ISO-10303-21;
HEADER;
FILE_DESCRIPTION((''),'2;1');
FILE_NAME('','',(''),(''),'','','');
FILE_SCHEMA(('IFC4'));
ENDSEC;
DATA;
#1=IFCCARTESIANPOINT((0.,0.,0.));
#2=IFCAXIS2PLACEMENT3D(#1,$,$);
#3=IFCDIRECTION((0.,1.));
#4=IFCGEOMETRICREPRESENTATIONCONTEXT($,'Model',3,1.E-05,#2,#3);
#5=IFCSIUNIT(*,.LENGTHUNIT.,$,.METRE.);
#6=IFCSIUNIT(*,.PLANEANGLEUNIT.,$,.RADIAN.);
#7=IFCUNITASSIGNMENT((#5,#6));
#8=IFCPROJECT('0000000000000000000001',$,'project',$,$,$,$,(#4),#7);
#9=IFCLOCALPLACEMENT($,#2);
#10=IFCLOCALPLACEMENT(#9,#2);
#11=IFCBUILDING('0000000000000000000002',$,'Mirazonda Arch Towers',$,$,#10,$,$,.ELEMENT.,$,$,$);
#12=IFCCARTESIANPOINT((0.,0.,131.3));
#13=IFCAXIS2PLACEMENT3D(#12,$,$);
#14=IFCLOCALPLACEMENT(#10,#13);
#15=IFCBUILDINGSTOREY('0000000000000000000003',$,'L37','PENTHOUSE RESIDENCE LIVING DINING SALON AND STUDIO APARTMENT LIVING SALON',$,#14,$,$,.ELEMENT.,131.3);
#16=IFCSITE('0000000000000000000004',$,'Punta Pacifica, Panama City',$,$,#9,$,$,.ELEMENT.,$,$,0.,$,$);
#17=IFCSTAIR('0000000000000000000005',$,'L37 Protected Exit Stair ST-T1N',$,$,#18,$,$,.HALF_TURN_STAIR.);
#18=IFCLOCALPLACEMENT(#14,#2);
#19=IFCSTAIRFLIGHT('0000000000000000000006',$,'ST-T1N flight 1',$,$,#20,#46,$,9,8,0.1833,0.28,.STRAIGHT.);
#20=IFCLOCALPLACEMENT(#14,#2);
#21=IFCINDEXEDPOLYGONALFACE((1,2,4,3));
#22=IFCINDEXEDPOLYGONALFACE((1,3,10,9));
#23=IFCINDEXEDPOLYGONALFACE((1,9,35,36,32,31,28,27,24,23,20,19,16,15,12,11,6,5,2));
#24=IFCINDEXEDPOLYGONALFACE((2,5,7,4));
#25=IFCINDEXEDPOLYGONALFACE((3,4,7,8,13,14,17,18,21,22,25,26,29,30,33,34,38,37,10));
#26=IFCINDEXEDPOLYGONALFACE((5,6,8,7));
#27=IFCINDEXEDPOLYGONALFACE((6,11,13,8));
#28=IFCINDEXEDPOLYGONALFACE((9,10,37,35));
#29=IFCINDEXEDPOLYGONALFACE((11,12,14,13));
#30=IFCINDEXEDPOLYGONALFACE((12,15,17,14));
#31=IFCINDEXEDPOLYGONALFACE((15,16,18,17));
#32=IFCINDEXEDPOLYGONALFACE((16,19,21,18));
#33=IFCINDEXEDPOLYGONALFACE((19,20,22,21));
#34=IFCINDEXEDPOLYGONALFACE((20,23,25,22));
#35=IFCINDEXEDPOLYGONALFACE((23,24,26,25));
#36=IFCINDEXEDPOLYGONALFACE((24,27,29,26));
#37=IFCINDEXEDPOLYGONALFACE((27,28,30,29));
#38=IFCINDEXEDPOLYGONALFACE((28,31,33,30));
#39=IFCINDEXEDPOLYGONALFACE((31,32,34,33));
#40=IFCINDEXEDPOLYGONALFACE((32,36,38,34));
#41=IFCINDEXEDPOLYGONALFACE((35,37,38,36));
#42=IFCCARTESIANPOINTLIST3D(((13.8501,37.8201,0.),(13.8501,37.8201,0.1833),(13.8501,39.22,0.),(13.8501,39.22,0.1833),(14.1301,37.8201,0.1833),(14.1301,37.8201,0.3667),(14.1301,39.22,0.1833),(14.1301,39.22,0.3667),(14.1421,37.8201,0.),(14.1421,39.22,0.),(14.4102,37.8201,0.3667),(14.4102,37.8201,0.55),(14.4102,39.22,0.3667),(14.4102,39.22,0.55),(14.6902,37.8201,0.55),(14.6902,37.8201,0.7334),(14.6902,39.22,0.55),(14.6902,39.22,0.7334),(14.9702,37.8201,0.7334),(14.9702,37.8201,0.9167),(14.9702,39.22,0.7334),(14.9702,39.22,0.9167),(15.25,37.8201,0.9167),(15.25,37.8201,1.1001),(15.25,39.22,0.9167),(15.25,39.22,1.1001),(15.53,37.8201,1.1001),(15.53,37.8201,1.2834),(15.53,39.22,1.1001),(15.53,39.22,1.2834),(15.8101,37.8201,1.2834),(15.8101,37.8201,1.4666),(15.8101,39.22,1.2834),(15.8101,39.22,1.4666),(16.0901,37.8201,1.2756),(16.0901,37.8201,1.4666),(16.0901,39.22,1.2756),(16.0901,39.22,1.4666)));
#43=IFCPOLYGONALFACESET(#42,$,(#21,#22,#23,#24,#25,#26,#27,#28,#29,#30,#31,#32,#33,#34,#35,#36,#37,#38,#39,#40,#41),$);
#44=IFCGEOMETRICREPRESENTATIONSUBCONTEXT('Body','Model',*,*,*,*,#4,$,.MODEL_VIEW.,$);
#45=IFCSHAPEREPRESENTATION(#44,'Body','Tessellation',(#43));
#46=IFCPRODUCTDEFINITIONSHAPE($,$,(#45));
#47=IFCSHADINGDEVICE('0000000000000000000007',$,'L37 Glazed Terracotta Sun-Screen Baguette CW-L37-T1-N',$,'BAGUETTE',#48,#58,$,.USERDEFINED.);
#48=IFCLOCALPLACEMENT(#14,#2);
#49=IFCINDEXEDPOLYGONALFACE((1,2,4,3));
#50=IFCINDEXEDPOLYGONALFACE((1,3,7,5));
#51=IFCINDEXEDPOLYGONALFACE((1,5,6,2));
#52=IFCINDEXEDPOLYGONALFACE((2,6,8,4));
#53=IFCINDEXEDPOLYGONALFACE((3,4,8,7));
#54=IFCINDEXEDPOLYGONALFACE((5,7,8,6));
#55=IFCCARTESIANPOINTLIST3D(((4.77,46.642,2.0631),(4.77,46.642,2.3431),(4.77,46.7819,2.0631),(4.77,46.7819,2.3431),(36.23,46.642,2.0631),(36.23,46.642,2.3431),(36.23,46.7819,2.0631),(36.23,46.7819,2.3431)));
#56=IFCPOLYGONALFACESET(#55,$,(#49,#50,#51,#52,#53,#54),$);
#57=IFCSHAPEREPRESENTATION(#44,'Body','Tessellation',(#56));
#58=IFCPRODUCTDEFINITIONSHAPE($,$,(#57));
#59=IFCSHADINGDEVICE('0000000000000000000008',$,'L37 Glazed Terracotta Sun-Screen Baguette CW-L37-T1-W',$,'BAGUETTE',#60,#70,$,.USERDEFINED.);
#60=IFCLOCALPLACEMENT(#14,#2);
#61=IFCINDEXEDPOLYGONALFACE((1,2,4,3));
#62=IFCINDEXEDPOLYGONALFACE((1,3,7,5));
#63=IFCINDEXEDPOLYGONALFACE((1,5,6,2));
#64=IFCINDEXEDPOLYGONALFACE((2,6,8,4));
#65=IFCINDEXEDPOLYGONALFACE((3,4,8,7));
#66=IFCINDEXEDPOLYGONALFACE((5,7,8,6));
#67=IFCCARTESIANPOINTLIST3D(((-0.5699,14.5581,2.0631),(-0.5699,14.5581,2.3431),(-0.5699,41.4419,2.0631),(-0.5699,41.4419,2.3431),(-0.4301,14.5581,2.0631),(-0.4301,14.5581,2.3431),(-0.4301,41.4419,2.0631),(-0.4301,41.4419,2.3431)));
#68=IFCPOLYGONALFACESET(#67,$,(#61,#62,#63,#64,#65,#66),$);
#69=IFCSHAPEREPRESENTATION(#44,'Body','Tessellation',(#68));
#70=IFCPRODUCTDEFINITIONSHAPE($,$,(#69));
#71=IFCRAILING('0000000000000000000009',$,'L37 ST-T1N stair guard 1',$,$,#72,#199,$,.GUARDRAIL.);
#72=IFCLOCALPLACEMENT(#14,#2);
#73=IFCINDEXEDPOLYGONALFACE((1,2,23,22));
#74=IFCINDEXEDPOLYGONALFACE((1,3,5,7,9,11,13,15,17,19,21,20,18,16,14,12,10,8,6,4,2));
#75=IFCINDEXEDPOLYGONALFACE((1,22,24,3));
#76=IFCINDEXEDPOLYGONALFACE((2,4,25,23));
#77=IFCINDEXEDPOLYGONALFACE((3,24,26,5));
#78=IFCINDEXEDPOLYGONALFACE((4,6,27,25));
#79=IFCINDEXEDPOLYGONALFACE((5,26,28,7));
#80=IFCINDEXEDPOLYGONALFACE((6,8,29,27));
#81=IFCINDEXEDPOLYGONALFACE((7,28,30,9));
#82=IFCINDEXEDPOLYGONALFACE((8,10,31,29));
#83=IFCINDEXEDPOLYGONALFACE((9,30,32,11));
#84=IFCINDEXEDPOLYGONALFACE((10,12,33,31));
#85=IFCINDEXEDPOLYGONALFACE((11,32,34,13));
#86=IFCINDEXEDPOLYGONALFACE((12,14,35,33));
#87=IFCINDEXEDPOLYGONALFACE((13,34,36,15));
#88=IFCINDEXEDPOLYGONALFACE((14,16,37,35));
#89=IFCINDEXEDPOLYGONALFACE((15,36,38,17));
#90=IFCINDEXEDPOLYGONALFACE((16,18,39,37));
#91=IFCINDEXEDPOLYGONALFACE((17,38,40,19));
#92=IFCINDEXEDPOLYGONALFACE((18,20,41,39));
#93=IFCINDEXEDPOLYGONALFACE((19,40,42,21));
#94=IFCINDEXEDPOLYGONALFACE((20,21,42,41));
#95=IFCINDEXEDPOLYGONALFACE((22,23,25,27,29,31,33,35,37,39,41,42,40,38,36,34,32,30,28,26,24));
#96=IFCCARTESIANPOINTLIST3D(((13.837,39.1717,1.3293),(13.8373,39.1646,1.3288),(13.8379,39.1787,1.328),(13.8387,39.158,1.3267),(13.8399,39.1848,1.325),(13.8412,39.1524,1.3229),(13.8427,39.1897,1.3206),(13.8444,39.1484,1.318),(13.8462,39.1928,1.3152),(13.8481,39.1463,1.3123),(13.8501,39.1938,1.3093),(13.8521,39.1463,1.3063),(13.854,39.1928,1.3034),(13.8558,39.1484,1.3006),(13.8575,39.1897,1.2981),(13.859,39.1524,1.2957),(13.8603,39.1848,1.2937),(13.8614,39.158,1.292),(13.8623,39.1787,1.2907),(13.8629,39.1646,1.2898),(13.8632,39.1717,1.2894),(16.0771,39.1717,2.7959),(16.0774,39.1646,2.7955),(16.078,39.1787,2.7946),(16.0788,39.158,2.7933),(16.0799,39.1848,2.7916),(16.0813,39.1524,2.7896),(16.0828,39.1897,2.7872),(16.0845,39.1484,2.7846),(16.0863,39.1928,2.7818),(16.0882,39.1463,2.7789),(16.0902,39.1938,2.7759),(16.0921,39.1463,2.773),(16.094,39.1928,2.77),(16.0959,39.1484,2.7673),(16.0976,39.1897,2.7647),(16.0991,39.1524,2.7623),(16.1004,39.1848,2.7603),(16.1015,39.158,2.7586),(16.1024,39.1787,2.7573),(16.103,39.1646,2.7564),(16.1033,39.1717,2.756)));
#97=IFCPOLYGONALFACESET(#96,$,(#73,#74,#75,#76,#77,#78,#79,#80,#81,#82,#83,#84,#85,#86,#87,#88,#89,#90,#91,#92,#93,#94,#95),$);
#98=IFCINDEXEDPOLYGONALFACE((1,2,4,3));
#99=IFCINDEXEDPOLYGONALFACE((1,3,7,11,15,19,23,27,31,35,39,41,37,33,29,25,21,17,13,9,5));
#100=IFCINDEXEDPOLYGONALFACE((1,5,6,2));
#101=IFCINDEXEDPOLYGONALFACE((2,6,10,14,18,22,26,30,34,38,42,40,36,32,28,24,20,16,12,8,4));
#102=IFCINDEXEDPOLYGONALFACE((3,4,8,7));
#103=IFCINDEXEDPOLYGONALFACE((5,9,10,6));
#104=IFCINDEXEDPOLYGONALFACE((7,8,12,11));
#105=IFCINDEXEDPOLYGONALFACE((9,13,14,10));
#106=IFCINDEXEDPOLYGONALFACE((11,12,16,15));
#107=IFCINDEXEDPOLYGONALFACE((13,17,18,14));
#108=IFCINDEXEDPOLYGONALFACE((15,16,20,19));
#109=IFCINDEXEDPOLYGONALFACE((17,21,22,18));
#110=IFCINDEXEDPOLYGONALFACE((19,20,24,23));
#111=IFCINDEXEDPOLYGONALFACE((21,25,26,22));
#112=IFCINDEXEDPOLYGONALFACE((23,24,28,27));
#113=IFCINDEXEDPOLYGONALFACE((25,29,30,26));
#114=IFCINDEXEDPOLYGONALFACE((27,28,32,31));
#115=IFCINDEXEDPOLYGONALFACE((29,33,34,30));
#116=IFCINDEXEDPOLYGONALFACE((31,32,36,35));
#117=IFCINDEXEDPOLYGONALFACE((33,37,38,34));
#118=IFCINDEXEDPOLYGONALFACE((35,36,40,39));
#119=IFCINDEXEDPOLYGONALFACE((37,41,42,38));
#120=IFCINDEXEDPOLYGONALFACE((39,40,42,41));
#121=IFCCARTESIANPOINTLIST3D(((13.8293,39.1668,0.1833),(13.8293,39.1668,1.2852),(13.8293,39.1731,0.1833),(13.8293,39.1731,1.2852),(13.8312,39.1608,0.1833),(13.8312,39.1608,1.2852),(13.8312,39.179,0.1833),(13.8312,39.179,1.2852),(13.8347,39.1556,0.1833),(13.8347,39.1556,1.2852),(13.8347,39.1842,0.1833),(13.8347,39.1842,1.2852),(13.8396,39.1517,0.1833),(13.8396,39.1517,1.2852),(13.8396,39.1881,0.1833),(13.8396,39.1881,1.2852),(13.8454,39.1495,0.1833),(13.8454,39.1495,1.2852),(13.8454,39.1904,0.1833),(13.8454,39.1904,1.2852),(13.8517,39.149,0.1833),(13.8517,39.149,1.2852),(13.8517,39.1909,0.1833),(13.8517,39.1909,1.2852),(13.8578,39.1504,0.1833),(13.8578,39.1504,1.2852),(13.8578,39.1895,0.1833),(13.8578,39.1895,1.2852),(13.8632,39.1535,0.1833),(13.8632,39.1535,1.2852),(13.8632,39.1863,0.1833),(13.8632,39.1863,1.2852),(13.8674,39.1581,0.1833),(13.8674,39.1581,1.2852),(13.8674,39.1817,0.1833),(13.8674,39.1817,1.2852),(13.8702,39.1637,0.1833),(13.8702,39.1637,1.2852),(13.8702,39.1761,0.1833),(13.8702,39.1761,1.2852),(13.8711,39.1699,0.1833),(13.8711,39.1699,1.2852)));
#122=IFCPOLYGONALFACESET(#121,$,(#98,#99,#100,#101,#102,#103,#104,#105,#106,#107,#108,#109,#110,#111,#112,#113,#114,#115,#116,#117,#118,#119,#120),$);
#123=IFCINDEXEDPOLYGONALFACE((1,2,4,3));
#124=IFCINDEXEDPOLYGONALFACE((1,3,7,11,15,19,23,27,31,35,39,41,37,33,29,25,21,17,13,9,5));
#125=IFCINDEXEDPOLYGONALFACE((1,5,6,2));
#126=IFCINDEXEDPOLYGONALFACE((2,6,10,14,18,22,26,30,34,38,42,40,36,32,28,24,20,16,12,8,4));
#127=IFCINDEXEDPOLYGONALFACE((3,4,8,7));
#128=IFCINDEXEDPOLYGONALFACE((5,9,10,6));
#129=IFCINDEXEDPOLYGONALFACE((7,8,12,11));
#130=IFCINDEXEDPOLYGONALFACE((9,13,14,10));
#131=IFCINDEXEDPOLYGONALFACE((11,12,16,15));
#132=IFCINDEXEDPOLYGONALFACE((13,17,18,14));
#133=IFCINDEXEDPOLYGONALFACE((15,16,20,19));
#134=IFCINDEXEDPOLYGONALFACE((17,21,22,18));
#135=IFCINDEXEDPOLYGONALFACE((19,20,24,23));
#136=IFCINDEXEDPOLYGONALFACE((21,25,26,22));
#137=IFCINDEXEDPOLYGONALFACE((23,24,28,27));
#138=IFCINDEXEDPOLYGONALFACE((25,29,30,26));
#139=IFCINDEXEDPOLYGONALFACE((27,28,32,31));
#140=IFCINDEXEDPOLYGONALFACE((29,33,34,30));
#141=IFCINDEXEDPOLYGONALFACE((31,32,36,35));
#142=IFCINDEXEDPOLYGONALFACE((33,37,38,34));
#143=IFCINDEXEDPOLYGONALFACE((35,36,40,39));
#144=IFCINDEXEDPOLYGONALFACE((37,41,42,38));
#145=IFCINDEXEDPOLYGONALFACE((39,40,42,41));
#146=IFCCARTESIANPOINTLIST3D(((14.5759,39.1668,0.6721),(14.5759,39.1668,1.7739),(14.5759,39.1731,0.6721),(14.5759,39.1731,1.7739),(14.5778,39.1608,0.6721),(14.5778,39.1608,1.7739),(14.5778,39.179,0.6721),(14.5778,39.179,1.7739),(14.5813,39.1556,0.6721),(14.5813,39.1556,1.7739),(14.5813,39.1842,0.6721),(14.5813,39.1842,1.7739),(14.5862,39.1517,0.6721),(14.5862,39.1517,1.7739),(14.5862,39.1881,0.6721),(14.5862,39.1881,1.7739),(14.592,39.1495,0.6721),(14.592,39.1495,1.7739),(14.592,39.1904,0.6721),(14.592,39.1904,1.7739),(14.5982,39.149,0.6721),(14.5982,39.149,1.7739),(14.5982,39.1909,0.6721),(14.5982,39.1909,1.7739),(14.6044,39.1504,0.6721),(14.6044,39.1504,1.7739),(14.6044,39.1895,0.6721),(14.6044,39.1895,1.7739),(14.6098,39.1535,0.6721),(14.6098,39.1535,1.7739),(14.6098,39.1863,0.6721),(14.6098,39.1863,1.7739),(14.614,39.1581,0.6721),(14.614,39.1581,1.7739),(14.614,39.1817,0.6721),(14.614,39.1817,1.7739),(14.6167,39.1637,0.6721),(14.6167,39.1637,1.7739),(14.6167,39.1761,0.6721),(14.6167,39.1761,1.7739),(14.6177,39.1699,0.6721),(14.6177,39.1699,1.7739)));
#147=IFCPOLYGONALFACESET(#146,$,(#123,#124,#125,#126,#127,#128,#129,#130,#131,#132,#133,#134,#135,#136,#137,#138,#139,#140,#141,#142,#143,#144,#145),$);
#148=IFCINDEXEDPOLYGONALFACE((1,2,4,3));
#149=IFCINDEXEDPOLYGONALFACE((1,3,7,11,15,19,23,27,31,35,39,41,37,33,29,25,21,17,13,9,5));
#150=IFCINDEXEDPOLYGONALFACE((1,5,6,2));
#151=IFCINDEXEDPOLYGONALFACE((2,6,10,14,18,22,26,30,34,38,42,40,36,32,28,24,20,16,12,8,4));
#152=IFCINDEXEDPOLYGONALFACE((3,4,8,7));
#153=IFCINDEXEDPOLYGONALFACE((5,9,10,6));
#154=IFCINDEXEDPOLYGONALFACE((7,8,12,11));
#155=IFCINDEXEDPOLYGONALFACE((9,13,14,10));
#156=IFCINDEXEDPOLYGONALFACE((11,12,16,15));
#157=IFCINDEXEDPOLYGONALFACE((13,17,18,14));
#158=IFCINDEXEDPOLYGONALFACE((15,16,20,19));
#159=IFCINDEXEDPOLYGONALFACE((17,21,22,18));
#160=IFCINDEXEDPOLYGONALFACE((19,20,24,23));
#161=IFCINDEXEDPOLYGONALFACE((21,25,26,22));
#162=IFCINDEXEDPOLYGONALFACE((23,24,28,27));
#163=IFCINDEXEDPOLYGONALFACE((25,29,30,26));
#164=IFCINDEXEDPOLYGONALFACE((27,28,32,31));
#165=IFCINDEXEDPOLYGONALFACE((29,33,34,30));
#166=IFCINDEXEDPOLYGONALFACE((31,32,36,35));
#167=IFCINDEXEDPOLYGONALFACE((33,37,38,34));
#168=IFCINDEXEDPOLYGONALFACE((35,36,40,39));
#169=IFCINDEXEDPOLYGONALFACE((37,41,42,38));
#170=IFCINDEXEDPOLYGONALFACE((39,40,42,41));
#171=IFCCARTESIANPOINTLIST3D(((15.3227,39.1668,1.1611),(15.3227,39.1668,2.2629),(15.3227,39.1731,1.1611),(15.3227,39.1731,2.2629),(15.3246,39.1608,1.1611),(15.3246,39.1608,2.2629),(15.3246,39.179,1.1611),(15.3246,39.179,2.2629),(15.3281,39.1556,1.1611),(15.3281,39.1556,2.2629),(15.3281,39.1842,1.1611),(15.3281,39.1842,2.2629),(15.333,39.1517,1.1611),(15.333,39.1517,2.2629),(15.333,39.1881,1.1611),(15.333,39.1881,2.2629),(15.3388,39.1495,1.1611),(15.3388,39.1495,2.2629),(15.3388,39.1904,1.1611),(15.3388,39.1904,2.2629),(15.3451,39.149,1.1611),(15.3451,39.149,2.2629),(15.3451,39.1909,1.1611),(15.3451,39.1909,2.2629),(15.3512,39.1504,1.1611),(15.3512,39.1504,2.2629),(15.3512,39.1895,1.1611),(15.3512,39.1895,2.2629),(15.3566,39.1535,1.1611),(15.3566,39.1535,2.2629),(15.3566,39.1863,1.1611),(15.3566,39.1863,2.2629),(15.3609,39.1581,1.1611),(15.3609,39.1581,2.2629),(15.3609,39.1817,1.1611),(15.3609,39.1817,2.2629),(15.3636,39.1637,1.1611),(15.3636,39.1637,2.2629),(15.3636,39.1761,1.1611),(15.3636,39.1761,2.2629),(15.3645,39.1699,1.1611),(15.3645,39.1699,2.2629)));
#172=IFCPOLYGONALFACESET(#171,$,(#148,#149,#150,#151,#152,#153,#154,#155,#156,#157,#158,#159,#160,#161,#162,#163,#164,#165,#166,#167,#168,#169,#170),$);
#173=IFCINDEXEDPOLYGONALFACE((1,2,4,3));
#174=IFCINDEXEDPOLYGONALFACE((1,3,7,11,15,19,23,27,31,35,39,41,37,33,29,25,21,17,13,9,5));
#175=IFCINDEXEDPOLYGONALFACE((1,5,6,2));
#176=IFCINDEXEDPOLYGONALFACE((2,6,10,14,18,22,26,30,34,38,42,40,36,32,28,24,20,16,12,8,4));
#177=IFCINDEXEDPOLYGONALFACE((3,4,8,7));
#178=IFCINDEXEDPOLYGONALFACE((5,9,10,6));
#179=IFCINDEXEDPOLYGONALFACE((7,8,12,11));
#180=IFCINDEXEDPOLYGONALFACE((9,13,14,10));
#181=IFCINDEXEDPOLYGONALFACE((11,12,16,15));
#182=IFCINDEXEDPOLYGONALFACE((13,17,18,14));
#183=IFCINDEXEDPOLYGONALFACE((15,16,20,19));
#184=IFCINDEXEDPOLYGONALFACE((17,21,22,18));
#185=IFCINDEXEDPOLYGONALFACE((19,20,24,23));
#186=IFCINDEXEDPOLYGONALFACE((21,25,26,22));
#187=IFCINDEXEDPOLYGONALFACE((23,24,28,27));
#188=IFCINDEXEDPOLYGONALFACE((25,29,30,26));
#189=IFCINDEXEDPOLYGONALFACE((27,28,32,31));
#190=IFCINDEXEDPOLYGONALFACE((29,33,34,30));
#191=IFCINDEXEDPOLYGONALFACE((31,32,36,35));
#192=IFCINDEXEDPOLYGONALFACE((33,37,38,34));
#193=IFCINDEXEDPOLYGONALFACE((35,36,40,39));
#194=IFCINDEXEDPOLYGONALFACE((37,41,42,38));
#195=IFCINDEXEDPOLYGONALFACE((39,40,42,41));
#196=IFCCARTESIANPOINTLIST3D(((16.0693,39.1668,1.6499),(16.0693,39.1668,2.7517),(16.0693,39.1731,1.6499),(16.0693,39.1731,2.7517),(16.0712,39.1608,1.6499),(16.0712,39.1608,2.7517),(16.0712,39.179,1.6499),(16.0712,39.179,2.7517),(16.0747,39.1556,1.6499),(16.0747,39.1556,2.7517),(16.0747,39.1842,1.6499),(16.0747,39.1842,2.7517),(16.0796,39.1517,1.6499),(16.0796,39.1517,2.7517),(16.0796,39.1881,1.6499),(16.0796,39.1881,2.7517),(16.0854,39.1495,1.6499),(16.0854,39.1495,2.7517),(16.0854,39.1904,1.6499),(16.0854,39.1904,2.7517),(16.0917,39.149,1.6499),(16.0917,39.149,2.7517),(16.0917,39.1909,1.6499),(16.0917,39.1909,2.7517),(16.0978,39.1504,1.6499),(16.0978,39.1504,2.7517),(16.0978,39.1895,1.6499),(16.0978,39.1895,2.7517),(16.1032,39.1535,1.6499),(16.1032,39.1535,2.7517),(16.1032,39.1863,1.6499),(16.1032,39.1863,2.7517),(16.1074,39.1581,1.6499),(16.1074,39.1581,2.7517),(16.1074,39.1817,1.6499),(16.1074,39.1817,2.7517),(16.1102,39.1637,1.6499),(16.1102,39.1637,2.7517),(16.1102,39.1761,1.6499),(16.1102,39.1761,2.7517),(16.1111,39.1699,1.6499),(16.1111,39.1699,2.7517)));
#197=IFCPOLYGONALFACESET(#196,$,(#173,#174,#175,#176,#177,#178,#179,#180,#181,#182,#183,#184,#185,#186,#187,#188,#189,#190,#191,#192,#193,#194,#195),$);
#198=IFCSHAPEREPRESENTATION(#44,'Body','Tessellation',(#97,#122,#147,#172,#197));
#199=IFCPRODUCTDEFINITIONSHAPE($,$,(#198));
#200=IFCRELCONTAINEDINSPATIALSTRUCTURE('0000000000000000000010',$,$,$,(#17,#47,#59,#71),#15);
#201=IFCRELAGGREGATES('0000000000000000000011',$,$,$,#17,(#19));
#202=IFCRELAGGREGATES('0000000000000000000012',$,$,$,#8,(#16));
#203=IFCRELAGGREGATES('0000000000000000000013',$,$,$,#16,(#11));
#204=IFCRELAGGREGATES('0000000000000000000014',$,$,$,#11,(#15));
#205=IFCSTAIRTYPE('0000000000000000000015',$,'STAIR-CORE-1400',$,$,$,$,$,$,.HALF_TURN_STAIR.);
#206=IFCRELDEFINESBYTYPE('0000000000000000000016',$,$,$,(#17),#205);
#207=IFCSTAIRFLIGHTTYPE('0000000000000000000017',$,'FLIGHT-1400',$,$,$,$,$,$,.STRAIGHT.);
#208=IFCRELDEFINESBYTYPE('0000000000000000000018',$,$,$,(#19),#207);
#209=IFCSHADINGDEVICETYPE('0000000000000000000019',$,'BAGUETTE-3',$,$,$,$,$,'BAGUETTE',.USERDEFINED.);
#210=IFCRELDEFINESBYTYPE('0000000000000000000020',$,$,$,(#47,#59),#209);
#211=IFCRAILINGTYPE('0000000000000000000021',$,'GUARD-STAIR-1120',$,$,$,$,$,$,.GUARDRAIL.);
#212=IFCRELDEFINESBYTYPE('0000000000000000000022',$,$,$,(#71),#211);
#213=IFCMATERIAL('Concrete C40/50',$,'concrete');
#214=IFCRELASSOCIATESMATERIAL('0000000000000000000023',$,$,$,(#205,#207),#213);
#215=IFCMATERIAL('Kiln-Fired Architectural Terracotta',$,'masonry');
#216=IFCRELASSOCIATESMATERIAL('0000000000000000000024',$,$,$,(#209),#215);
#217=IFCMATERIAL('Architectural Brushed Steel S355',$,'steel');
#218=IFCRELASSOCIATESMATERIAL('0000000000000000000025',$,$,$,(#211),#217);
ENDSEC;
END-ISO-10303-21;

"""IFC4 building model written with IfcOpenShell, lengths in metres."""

from ifc_helpers import new_model, si_unit, direction, frame, origin, origin_2d, place, context, subcontext, project, spatial, polyline, rectangle, circle, outline, extrude, material, material_profile, profile_set, type_object, element, aggregate, save


model = new_model("IFC4")

# Units and contexts
model_context = context("Model", 3, precision=1e-05, world=origin(), true_north=direction((0.0, 1.0)))
body_context = subcontext(model_context, "Body", "Model", "MODEL_VIEW")
ifc_project = project(units=[si_unit("LENGTHUNIT", "METRE"), si_unit("PLANEANGLEUNIT", "RADIAN")], contexts=[model_context])

# Site, building, storey
site_placement = place(None, origin())
site = spatial("IfcSite", under=ifc_project, at=site_placement, Name="Punta Pacifica, Panama City", CompositionType="ELEMENT", RefElevation=0.0)
building_placement = place(site_placement, origin())
building = spatial("IfcBuilding", under=site, at=building_placement, Name="Mirazonda Arch Towers", CompositionType="ELEMENT")
storey_placement = place(building_placement, frame((0.0, 0.0, 131.3)))
storey = spatial("IfcBuildingStorey", under=building, at=storey_placement, Name="L37", Description="PENTHOUSE RESIDENCE LIVING DINING SALON AND STUDIO APARTMENT LIVING SALON", CompositionType="ELEMENT", Elevation=131.3)

# Shared definitions
ifc_material_1 = material(Name="Architectural Brushed Steel S355", Category="steel")

# Stair, stair flight
ifc_material_2 = material(Name="Concrete C40/50", Category="concrete")
stair_type = type_object("IfcStairType", Name="STAIR-CORE-1400", PredefinedType="HALF_TURN_STAIR", material=ifc_material_2)
stair_placement = place(storey_placement, origin())
stair = element("IfcStair", 1, at=stair_placement, inside=storey, type_object=stair_type, Name="L37 Protected Exit Stair ST-T1N", PredefinedType="HALF_TURN_STAIR")
stair_flight_type = type_object("IfcStairFlightType", Name="FLIGHT-1400", PredefinedType="STRAIGHT", material=ifc_material_2)
stair_flight_placement = place(storey_placement, frame((13.8501, 38.52, 0.0), z_axis=(0.0, 0.0, 1.0), x_axis=(1.0, 0.0, 0.0)))
stair_flight = element("IfcStairFlight", 2, at=stair_flight_placement, type_object=stair_flight_type, Name="ST-T1N flight 1", NumberOfRisers=9, NumberOfTreads=8, PredefinedType="STRAIGHT", RiserHeight=0.1833, TreadLength=0.28, context=body_context, shape_type="SweptSolid", body=[
    extrude(outline(polyline([(0.0, 0.0), (0.0, 0.1833), (0.28, 0.1833), (0.28, 0.3667), (0.5601, 0.3667), (0.5601, 0.55), (0.8401, 0.55), (0.8401, 0.7334), (1.1201, 0.7334), (1.1201, 0.9167), (1.3999, 0.9167), (1.3999, 1.1001), (1.6799, 1.1001), (1.6799, 1.2834), (1.96, 1.2834), (1.96, 1.4666), (2.24, 1.4666), (2.24, 1.6499), (2.24, 1.2756), (0.292, 0.0), (0.0, 0.0)])), frame((0.0, 0.7, 0.0), z_axis=(0.0, -1.0, 0.0), x_axis=(1.0, 0.0, 0.0)), (0.0, 0.0, 1.0), 1.3999),
])
aggregate(stair, [stair_flight])

# Shading devices
ifc_material_3 = material(Name="Kiln-Fired Architectural Terracotta", Category="masonry")
ifc_material_profile_1 = material_profile(ifc_material_3, rectangle(XDim=0.1399, YDim=0.28, at=origin_2d()), Name="TERRA-BAG-140x280")
ifc_profile_set_1 = profile_set([ifc_material_profile_1], Name="Kiln-Fired Architectural Terracotta")
shading_device_type = type_object("IfcShadingDeviceType", Name="BAGUETTE-3", ElementType="BAGUETTE", PredefinedType="USERDEFINED", material=ifc_profile_set_1)
shading_device_1_placement = place(storey_placement, frame((4.77, 46.7119, 2.2031), z_axis=(1.0, 0.0, 0.0), x_axis=(0.0, 1.0, 0.0)))
element("IfcShadingDevice", 3, at=shading_device_1_placement, inside=storey, type_object=shading_device_type, Name="L37 Glazed Terracotta Sun-Screen Baguette CW-L37-T1-N", ObjectType="BAGUETTE", PredefinedType="USERDEFINED", context=body_context, shape_type="SweptSolid", body=[
    extrude(rectangle(XDim=0.1399, YDim=0.28, at=origin_2d()), origin(), (0.0, 0.0, 1.0), 31.46),
])
shading_device_2_placement = place(storey_placement, frame((-0.5, 41.4419, 2.2031), z_axis=(0.0, -1.0, 0.0), x_axis=(1.0, 0.0, 0.0)))
element("IfcShadingDevice", 4, at=shading_device_2_placement, inside=storey, type_object=shading_device_type, Name="L37 Glazed Terracotta Sun-Screen Baguette CW-L37-T1-W", ObjectType="BAGUETTE", PredefinedType="USERDEFINED", context=body_context, shape_type="SweptSolid", body=[
    extrude(rectangle(XDim=0.1399, YDim=0.28, at=origin_2d()), origin(), (0.0, 0.0, 1.0), 26.8838),
])

# Railing
railing_type_1 = type_object("IfcRailingType", Name="GUARD-STAIR-1120", PredefinedType="GUARDRAIL", material=ifc_material_1)
railing_1_placement = place(storey_placement, frame((13.8501, 39.1699, 0.1833)))
element("IfcRailing", 5, at=railing_1_placement, inside=storey, type_object=railing_type_1, Name="L37 ST-T1N stair guard 1", PredefinedType="GUARDRAIL", context=body_context, shape_type="SweptSolid", body=[
    extrude(circle(Radius=0.0239, at=origin_2d()), frame((0.0, 0.0, 1.126), z_axis=(0.836637, 0.0, 0.547758), x_axis=(0.0, 1.0, 0.0)), (0.0, 0.0, 1.0), 2.6775),
    extrude(circle(Radius=0.021, at=origin_2d()), origin(), (0.0, 0.0, 1.0), 1.1018),
    extrude(circle(Radius=0.021, at=origin_2d()), frame((0.7466, 0.0, 0.4888)), (0.0, 0.0, 1.0), 1.1018),
    extrude(circle(Radius=0.021, at=origin_2d()), frame((1.4934, 0.0, 0.9778)), (0.0, 0.0, 1.0), 1.1018),
    extrude(circle(Radius=0.021, at=origin_2d()), frame((2.24, 0.0, 1.4666)), (0.0, 0.0, 1.0), 1.1018),
])

save(model, "model.ifc")
